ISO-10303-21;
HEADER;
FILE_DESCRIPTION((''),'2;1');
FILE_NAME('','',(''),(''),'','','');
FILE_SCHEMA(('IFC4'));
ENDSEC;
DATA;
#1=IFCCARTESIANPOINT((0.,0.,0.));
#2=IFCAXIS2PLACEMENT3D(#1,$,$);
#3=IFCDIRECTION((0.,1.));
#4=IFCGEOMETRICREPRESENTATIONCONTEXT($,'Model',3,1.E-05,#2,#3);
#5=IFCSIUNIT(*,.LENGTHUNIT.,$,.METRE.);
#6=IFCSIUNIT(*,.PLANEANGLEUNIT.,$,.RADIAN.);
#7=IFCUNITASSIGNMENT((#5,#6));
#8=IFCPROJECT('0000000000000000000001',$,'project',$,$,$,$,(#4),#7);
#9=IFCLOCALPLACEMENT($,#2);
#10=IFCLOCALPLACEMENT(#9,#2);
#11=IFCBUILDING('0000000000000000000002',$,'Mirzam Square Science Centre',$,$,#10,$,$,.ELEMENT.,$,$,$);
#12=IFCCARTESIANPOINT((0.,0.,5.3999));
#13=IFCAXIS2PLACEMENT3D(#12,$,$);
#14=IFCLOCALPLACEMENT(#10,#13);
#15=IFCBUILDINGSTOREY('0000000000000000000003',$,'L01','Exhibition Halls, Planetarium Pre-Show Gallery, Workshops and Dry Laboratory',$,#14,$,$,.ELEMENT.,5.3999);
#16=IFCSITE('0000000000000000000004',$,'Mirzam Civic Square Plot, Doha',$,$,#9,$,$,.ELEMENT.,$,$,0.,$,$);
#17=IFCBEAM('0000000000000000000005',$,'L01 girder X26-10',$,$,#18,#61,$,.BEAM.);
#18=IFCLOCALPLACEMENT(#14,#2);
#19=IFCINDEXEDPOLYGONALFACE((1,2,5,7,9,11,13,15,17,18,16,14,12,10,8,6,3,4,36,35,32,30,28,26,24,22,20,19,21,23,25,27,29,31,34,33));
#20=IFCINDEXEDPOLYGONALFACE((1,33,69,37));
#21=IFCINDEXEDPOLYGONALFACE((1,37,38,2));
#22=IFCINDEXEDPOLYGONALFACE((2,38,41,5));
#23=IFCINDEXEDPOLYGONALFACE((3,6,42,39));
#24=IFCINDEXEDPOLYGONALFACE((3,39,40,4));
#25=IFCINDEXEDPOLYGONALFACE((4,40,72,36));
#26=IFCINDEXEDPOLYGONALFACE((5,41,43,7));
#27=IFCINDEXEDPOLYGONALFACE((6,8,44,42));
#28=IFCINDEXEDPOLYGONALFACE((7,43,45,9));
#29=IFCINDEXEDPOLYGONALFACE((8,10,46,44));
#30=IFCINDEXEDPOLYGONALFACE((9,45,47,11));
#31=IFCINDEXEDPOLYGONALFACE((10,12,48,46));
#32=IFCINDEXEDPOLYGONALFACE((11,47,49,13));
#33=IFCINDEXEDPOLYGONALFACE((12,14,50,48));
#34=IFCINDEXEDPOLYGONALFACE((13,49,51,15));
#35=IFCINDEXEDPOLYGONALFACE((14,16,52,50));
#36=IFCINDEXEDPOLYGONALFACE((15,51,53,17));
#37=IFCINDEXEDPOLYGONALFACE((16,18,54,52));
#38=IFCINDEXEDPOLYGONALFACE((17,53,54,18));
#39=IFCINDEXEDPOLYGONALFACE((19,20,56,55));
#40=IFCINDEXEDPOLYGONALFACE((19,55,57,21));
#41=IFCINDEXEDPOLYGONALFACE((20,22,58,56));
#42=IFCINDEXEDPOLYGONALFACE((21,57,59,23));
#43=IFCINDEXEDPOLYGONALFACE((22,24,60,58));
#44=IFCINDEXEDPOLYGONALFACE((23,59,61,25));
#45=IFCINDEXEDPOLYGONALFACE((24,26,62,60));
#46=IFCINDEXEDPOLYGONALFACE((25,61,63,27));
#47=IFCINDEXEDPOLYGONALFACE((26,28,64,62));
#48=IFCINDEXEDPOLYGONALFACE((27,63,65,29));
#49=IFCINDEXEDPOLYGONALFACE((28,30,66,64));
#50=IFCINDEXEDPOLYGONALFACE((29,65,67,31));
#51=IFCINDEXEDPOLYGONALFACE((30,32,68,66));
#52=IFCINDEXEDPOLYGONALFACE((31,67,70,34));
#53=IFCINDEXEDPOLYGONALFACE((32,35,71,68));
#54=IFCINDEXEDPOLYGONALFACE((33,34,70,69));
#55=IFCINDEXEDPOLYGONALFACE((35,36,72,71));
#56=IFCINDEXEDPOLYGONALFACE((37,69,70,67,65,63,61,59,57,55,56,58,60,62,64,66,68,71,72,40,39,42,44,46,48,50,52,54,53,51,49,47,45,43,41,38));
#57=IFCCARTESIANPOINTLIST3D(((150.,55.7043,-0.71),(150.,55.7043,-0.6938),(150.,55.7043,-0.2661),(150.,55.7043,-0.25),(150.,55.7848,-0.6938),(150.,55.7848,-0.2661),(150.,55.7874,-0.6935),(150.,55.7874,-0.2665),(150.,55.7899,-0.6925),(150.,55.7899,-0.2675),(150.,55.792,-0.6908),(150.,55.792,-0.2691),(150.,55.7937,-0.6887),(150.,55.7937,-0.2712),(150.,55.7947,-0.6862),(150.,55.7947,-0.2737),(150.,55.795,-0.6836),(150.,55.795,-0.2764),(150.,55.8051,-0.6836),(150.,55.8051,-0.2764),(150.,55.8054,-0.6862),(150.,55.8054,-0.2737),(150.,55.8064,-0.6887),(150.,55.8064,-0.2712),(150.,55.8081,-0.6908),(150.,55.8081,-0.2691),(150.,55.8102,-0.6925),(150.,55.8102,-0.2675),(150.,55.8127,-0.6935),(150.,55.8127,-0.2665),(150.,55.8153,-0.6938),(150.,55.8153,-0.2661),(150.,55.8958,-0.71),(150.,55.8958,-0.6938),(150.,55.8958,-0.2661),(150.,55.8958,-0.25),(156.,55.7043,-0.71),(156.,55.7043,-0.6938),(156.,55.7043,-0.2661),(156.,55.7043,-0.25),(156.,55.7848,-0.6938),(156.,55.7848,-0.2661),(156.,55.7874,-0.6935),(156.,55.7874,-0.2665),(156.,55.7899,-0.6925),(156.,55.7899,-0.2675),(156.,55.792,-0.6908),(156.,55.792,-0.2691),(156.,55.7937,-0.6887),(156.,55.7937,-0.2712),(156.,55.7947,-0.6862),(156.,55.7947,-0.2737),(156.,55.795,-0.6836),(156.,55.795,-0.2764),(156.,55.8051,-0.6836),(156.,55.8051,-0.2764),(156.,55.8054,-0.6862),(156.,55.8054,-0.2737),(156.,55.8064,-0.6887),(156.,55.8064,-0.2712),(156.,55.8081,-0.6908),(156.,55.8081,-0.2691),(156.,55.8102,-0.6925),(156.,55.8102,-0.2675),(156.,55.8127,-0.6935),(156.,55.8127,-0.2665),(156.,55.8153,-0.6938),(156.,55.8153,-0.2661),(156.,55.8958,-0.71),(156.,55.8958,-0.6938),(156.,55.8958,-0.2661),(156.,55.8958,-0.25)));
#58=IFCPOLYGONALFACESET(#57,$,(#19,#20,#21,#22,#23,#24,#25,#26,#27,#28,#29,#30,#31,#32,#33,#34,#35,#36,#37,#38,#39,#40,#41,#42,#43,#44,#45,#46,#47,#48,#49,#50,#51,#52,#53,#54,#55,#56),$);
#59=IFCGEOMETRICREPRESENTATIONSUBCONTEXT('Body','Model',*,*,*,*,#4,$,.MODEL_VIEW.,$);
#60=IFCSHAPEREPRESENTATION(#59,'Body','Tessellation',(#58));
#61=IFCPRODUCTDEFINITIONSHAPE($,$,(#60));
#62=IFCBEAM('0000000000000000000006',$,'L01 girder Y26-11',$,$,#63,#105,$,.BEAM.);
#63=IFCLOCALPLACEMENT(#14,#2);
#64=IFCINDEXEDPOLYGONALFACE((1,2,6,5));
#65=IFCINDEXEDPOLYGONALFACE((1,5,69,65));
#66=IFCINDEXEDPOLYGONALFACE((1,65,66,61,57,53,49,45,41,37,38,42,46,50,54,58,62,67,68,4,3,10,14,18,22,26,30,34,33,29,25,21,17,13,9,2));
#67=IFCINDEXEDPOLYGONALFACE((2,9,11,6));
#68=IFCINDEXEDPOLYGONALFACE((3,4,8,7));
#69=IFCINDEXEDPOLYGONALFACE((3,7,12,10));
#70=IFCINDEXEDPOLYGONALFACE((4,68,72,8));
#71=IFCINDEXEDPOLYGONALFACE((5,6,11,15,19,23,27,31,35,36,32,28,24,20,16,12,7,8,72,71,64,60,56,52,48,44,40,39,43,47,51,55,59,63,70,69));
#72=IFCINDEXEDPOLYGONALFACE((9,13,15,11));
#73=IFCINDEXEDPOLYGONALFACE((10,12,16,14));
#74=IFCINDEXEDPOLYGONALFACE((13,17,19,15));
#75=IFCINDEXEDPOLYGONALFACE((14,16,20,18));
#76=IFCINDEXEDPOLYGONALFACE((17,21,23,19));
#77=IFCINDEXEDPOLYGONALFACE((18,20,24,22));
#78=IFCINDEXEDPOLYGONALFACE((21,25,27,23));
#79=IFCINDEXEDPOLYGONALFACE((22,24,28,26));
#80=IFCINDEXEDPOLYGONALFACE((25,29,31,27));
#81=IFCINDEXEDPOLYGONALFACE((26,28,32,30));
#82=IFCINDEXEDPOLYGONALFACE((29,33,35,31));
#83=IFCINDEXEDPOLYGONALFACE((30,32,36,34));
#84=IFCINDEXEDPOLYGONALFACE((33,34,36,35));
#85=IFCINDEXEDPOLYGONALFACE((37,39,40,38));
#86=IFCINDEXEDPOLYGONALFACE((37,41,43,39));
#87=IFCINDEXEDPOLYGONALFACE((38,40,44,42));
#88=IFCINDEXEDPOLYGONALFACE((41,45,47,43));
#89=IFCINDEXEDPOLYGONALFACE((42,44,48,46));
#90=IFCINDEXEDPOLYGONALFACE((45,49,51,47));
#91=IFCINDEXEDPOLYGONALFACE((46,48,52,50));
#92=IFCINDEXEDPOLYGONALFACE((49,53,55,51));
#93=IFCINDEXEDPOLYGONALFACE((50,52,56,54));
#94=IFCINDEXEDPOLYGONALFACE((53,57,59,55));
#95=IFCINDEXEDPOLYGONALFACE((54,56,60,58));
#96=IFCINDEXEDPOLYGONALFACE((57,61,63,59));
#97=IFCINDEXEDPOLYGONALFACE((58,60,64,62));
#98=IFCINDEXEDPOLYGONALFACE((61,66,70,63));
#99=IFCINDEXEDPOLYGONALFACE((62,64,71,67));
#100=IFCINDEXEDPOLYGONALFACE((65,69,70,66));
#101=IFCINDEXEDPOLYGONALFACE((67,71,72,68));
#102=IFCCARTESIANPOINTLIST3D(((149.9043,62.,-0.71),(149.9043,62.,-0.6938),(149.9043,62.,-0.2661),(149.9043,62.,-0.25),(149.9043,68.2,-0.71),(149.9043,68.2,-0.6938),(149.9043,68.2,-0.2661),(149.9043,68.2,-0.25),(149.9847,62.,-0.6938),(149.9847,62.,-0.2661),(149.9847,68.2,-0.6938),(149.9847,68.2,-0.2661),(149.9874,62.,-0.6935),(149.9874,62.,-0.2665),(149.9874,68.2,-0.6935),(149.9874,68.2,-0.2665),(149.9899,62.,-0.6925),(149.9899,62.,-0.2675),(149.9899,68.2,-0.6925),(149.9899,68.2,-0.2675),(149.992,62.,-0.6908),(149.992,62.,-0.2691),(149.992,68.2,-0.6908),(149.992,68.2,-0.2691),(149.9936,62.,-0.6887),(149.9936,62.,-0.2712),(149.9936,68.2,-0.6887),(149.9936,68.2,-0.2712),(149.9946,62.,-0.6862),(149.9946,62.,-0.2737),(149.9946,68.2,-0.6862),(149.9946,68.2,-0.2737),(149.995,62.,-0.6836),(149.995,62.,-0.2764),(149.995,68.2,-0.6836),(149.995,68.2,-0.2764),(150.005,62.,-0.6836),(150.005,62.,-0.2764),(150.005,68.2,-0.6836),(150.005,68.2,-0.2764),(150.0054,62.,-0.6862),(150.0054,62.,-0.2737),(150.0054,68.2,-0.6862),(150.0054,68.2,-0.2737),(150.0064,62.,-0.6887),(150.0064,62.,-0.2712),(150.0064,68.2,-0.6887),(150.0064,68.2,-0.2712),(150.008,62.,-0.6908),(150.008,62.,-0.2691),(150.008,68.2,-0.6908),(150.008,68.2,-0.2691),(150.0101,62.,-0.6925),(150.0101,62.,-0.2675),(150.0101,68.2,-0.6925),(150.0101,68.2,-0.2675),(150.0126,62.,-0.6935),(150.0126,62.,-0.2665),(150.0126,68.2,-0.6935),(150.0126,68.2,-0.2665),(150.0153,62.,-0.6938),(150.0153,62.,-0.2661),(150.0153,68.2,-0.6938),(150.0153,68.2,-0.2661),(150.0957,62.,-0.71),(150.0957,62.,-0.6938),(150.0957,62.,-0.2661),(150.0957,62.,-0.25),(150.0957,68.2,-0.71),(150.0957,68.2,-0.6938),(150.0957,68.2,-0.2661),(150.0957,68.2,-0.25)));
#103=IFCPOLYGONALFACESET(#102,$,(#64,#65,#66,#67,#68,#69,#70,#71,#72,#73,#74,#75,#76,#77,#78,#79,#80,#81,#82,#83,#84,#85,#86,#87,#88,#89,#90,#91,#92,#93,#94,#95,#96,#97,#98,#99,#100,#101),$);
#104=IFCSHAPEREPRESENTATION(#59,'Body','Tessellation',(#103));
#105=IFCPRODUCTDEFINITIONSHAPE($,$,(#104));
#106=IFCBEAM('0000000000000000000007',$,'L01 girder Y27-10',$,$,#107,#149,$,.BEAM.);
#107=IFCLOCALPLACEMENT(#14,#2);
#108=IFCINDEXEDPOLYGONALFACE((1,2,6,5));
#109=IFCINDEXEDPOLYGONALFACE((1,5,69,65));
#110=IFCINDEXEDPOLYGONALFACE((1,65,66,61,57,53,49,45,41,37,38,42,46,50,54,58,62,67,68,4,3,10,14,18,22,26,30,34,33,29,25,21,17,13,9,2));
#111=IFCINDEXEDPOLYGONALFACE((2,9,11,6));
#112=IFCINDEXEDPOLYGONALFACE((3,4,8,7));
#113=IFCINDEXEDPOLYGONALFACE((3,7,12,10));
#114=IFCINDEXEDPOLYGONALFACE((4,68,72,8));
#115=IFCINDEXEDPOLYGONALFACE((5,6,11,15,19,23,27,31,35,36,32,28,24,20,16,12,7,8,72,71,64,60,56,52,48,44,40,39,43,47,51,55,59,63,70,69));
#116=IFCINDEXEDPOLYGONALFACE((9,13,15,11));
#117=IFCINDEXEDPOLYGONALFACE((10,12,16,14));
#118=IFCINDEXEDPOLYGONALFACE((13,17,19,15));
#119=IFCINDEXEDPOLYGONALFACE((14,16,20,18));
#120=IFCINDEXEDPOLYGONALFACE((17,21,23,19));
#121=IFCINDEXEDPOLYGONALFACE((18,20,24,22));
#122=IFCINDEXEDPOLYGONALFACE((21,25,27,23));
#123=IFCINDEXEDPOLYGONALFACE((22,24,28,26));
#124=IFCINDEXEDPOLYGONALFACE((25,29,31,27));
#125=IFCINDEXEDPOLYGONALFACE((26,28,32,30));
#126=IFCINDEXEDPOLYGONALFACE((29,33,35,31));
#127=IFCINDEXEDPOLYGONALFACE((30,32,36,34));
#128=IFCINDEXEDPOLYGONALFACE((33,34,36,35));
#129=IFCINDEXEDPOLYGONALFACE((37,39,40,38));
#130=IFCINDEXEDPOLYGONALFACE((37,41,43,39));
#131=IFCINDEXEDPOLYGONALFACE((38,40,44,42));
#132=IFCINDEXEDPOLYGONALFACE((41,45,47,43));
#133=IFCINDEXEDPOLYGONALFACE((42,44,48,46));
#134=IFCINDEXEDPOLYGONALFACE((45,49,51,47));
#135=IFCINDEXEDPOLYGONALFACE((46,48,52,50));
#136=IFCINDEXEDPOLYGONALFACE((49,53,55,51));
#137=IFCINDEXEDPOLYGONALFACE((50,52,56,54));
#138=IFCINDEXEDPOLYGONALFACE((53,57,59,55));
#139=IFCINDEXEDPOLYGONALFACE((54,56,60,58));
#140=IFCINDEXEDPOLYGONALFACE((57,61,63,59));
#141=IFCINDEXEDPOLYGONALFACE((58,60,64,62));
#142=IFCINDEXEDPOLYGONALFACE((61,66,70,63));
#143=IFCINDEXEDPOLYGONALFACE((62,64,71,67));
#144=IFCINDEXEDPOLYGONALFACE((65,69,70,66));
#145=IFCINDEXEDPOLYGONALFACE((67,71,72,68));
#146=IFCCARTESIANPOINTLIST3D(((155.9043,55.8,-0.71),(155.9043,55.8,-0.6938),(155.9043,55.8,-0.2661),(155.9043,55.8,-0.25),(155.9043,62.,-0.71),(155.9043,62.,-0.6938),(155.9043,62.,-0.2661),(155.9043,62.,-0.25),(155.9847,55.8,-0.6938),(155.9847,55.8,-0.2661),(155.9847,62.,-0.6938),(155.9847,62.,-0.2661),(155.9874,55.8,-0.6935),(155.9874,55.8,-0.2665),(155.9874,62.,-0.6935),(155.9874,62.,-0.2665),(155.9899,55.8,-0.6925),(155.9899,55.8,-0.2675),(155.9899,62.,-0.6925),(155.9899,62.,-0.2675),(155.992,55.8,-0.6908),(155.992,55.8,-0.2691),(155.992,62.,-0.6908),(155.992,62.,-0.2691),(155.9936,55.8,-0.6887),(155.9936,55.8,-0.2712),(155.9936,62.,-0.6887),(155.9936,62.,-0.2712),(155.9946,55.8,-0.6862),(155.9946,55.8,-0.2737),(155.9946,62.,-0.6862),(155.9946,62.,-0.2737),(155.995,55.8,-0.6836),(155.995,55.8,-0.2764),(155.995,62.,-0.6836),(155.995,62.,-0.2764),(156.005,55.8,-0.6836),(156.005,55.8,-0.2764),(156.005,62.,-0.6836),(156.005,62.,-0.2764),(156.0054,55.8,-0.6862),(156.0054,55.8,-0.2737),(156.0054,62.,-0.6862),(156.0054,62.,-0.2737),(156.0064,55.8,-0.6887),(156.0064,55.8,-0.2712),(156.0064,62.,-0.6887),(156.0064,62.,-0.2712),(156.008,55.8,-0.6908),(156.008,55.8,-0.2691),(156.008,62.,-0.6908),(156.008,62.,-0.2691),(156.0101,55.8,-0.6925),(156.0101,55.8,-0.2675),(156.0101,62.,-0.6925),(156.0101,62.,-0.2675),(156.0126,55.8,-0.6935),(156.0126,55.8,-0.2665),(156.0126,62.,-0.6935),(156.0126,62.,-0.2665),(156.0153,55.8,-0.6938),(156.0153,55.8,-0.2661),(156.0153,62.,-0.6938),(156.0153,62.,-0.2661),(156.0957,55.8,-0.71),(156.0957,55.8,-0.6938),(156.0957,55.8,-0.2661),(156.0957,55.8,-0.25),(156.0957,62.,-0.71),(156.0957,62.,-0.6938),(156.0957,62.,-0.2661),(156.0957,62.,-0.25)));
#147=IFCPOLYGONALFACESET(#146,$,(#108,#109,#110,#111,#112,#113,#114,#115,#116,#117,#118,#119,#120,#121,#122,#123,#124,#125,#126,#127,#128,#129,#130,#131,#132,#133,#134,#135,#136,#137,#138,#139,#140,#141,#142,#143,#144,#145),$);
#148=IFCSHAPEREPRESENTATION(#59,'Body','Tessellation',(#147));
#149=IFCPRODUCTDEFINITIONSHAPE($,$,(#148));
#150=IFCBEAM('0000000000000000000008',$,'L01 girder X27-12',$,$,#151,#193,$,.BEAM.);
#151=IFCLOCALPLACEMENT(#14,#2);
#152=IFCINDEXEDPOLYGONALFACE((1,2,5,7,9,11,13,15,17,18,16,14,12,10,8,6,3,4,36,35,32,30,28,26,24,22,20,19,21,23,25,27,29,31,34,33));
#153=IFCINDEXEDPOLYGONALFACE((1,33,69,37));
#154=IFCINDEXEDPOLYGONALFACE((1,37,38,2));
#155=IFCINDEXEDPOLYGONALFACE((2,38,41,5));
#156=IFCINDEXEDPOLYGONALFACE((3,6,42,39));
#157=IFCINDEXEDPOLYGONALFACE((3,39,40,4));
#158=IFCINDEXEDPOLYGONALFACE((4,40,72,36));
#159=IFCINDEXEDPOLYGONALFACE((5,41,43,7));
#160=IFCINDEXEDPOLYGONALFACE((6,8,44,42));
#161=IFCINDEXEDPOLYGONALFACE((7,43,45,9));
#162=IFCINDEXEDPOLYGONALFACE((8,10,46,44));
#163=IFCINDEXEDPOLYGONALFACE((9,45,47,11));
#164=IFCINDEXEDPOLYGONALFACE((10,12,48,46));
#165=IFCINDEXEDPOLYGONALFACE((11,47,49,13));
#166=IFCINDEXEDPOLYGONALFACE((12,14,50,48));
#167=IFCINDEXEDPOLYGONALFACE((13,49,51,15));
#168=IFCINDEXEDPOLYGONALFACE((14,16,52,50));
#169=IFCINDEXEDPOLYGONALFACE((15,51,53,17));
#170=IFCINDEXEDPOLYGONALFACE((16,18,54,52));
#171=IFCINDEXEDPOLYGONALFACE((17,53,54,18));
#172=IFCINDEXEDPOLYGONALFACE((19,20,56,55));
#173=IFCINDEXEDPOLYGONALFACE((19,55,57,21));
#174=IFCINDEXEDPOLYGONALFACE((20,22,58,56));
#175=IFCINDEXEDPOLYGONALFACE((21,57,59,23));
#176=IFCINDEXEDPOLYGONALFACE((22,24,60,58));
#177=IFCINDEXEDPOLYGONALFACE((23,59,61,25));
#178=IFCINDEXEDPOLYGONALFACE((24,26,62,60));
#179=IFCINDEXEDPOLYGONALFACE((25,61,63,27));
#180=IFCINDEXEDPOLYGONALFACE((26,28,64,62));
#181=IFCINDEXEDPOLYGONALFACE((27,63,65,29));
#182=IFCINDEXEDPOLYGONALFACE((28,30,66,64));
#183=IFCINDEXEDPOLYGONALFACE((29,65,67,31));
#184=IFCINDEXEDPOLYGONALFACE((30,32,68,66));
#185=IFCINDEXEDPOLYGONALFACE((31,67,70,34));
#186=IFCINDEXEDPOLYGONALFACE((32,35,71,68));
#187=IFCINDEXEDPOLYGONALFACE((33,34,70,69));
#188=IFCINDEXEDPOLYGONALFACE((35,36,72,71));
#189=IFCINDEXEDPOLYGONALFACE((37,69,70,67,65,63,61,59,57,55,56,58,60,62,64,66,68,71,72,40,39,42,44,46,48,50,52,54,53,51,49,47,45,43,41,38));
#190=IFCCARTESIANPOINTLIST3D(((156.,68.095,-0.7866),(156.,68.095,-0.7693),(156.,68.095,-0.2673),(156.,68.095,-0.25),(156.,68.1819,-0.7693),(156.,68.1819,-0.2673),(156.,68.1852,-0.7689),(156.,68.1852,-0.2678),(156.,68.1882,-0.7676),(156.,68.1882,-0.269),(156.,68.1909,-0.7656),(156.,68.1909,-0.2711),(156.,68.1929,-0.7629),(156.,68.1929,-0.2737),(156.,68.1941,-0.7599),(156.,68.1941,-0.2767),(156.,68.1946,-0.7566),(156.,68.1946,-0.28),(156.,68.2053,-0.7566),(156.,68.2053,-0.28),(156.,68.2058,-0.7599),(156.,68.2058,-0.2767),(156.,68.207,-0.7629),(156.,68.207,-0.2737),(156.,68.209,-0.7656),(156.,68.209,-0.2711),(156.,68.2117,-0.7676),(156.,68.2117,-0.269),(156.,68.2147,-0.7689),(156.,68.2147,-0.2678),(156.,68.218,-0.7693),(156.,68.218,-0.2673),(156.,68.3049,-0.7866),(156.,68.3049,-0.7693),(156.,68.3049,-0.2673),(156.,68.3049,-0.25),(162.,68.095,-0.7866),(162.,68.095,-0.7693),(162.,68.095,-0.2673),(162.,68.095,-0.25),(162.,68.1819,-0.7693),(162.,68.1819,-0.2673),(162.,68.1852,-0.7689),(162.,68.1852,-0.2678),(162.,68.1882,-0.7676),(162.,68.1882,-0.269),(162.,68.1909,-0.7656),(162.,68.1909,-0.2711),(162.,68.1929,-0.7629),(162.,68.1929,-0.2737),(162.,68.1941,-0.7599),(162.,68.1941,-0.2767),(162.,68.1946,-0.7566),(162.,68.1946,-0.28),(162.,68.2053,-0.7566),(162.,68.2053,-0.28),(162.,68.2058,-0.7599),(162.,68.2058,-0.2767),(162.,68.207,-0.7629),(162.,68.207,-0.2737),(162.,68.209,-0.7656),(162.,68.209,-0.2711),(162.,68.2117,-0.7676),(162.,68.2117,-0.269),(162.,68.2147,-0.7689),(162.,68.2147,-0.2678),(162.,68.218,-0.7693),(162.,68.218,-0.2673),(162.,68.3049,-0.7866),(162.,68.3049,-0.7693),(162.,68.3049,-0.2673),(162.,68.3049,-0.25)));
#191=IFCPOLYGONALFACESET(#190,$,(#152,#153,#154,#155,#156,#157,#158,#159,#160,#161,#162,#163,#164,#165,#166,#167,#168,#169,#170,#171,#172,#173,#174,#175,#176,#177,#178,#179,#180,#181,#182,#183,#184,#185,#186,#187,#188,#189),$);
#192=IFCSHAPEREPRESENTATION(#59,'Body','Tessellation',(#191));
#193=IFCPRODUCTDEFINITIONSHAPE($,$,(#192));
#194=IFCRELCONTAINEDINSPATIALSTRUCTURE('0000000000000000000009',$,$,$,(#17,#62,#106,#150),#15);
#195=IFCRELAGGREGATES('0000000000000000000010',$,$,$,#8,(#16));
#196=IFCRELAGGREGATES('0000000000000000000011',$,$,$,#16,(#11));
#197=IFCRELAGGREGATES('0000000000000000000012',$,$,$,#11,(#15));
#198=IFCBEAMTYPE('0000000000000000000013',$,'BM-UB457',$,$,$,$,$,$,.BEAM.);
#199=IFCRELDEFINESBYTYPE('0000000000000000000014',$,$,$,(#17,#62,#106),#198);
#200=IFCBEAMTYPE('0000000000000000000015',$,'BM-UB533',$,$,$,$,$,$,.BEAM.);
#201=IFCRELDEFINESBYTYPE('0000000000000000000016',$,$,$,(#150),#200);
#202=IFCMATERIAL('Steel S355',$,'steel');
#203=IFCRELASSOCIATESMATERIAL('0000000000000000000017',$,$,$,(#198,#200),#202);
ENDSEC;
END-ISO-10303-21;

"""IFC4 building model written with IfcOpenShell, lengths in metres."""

from ifc_helpers import new_model, si_unit, direction, frame, origin, origin_2d, place, context, subcontext, project, spatial, i_section, extrude, material, material_profile, profile_set, type_object, element, save


model = new_model("IFC4")

# Units and contexts
model_context = context("Model", 3, precision=1e-05, world=origin(), true_north=direction((0.0, 1.0)))
body_context = subcontext(model_context, "Body", "Model", "MODEL_VIEW")
ifc_project = project(units=[si_unit("LENGTHUNIT", "METRE"), si_unit("PLANEANGLEUNIT", "RADIAN")], contexts=[model_context])

# Site, building, storey
site_placement = place(None, origin())
site = spatial("IfcSite", under=ifc_project, at=site_placement, Name="Mirzam Civic Square Plot, Doha", CompositionType="ELEMENT", RefElevation=0.0)
building_placement = place(site_placement, origin())
building = spatial("IfcBuilding", under=site, at=building_placement, Name="Mirzam Square Science Centre", CompositionType="ELEMENT")
storey_placement = place(building_placement, frame((0.0, 0.0, 5.3999)))
storey = spatial("IfcBuildingStorey", under=building, at=storey_placement, Name="L01", Description="Exhibition Halls, Planetarium Pre-Show Gallery, Workshops and Dry Laboratory", CompositionType="ELEMENT", Elevation=5.3999)

# Shared definitions
ifc_material_1 = material(Name="Steel S355", Category="steel")

# Beams
ifc_material_profile_1 = material_profile(ifc_material_1, i_section(OverallWidth=0.1914, OverallDepth=0.46, WebThickness=0.01, FlangeThickness=0.0161, FilletRadius=0.0103, at=origin_2d()), Name="457x191x82UB")
ifc_profile_set_1 = profile_set([ifc_material_profile_1], Name="Steel S355")
beam_type_1 = type_object("IfcBeamType", Name="BM-UB457", PredefinedType="BEAM", material=ifc_profile_set_1)
beam_1_placement = place(storey_placement, frame((150.0, 55.8, -0.48), z_axis=(1.0, 0.0, 0.0), x_axis=(0.0, 1.0, 0.0)))
element("IfcBeam", 1, at=beam_1_placement, inside=storey, type_object=beam_type_1, Name="L01 girder X26-10", PredefinedType="BEAM", context=body_context, shape_type="SweptSolid", body=[
    extrude(i_section(OverallWidth=0.1914, OverallDepth=0.46, WebThickness=0.01, FlangeThickness=0.0161, FilletRadius=0.0103, at=origin_2d()), origin(), (0.0, 0.0, 1.0), 6.0),
])
for number, where, z_axis, x_axis, name in (
    (2, (150.0, 62.0, -0.48), (0.0, 1.0, 0.0), (-1.0, 0.0, 0.0), "L01 girder Y26-11"),
    (3, (156.0, 55.8, -0.48), (0.0, 1.0, 0.0), (-1.0, 0.0, 0.0), "L01 girder Y27-10"),
):
    element("IfcBeam", number, at=place(storey_placement, frame(where, z_axis=z_axis, x_axis=x_axis)), inside=storey, type_object=beam_type_1, Name=name, PredefinedType="BEAM", context=body_context, shape_type="SweptSolid", body=[
        extrude(i_section(OverallWidth=0.1914, OverallDepth=0.46, WebThickness=0.01, FlangeThickness=0.0161, FilletRadius=0.0103, at=origin_2d()), origin(), (0.0, 0.0, 1.0), 6.2),
    ])
ifc_material_profile_2 = material_profile(ifc_material_1, i_section(OverallWidth=0.21, OverallDepth=0.5366, WebThickness=0.0107, FlangeThickness=0.0173, FilletRadius=0.0127, at=origin_2d()), Name="533x210x101UB")
ifc_profile_set_2 = profile_set([ifc_material_profile_2], Name="Steel S355")
beam_type_2 = type_object("IfcBeamType", Name="BM-UB533", PredefinedType="BEAM", material=ifc_profile_set_2)
beam_2_placement = place(storey_placement, frame((156.0, 68.2, -0.5183), z_axis=(1.0, 0.0, 0.0), x_axis=(0.0, 1.0, 0.0)))
element("IfcBeam", 4, at=beam_2_placement, inside=storey, type_object=beam_type_2, Name="L01 girder X27-12", PredefinedType="BEAM", context=body_context, shape_type="SweptSolid", body=[
    extrude(i_section(OverallWidth=0.21, OverallDepth=0.5366, WebThickness=0.0107, FlangeThickness=0.0173, FilletRadius=0.0127, at=origin_2d()), origin(), (0.0, 0.0, 1.0), 6.0),
])

save(model, "model.ifc")
